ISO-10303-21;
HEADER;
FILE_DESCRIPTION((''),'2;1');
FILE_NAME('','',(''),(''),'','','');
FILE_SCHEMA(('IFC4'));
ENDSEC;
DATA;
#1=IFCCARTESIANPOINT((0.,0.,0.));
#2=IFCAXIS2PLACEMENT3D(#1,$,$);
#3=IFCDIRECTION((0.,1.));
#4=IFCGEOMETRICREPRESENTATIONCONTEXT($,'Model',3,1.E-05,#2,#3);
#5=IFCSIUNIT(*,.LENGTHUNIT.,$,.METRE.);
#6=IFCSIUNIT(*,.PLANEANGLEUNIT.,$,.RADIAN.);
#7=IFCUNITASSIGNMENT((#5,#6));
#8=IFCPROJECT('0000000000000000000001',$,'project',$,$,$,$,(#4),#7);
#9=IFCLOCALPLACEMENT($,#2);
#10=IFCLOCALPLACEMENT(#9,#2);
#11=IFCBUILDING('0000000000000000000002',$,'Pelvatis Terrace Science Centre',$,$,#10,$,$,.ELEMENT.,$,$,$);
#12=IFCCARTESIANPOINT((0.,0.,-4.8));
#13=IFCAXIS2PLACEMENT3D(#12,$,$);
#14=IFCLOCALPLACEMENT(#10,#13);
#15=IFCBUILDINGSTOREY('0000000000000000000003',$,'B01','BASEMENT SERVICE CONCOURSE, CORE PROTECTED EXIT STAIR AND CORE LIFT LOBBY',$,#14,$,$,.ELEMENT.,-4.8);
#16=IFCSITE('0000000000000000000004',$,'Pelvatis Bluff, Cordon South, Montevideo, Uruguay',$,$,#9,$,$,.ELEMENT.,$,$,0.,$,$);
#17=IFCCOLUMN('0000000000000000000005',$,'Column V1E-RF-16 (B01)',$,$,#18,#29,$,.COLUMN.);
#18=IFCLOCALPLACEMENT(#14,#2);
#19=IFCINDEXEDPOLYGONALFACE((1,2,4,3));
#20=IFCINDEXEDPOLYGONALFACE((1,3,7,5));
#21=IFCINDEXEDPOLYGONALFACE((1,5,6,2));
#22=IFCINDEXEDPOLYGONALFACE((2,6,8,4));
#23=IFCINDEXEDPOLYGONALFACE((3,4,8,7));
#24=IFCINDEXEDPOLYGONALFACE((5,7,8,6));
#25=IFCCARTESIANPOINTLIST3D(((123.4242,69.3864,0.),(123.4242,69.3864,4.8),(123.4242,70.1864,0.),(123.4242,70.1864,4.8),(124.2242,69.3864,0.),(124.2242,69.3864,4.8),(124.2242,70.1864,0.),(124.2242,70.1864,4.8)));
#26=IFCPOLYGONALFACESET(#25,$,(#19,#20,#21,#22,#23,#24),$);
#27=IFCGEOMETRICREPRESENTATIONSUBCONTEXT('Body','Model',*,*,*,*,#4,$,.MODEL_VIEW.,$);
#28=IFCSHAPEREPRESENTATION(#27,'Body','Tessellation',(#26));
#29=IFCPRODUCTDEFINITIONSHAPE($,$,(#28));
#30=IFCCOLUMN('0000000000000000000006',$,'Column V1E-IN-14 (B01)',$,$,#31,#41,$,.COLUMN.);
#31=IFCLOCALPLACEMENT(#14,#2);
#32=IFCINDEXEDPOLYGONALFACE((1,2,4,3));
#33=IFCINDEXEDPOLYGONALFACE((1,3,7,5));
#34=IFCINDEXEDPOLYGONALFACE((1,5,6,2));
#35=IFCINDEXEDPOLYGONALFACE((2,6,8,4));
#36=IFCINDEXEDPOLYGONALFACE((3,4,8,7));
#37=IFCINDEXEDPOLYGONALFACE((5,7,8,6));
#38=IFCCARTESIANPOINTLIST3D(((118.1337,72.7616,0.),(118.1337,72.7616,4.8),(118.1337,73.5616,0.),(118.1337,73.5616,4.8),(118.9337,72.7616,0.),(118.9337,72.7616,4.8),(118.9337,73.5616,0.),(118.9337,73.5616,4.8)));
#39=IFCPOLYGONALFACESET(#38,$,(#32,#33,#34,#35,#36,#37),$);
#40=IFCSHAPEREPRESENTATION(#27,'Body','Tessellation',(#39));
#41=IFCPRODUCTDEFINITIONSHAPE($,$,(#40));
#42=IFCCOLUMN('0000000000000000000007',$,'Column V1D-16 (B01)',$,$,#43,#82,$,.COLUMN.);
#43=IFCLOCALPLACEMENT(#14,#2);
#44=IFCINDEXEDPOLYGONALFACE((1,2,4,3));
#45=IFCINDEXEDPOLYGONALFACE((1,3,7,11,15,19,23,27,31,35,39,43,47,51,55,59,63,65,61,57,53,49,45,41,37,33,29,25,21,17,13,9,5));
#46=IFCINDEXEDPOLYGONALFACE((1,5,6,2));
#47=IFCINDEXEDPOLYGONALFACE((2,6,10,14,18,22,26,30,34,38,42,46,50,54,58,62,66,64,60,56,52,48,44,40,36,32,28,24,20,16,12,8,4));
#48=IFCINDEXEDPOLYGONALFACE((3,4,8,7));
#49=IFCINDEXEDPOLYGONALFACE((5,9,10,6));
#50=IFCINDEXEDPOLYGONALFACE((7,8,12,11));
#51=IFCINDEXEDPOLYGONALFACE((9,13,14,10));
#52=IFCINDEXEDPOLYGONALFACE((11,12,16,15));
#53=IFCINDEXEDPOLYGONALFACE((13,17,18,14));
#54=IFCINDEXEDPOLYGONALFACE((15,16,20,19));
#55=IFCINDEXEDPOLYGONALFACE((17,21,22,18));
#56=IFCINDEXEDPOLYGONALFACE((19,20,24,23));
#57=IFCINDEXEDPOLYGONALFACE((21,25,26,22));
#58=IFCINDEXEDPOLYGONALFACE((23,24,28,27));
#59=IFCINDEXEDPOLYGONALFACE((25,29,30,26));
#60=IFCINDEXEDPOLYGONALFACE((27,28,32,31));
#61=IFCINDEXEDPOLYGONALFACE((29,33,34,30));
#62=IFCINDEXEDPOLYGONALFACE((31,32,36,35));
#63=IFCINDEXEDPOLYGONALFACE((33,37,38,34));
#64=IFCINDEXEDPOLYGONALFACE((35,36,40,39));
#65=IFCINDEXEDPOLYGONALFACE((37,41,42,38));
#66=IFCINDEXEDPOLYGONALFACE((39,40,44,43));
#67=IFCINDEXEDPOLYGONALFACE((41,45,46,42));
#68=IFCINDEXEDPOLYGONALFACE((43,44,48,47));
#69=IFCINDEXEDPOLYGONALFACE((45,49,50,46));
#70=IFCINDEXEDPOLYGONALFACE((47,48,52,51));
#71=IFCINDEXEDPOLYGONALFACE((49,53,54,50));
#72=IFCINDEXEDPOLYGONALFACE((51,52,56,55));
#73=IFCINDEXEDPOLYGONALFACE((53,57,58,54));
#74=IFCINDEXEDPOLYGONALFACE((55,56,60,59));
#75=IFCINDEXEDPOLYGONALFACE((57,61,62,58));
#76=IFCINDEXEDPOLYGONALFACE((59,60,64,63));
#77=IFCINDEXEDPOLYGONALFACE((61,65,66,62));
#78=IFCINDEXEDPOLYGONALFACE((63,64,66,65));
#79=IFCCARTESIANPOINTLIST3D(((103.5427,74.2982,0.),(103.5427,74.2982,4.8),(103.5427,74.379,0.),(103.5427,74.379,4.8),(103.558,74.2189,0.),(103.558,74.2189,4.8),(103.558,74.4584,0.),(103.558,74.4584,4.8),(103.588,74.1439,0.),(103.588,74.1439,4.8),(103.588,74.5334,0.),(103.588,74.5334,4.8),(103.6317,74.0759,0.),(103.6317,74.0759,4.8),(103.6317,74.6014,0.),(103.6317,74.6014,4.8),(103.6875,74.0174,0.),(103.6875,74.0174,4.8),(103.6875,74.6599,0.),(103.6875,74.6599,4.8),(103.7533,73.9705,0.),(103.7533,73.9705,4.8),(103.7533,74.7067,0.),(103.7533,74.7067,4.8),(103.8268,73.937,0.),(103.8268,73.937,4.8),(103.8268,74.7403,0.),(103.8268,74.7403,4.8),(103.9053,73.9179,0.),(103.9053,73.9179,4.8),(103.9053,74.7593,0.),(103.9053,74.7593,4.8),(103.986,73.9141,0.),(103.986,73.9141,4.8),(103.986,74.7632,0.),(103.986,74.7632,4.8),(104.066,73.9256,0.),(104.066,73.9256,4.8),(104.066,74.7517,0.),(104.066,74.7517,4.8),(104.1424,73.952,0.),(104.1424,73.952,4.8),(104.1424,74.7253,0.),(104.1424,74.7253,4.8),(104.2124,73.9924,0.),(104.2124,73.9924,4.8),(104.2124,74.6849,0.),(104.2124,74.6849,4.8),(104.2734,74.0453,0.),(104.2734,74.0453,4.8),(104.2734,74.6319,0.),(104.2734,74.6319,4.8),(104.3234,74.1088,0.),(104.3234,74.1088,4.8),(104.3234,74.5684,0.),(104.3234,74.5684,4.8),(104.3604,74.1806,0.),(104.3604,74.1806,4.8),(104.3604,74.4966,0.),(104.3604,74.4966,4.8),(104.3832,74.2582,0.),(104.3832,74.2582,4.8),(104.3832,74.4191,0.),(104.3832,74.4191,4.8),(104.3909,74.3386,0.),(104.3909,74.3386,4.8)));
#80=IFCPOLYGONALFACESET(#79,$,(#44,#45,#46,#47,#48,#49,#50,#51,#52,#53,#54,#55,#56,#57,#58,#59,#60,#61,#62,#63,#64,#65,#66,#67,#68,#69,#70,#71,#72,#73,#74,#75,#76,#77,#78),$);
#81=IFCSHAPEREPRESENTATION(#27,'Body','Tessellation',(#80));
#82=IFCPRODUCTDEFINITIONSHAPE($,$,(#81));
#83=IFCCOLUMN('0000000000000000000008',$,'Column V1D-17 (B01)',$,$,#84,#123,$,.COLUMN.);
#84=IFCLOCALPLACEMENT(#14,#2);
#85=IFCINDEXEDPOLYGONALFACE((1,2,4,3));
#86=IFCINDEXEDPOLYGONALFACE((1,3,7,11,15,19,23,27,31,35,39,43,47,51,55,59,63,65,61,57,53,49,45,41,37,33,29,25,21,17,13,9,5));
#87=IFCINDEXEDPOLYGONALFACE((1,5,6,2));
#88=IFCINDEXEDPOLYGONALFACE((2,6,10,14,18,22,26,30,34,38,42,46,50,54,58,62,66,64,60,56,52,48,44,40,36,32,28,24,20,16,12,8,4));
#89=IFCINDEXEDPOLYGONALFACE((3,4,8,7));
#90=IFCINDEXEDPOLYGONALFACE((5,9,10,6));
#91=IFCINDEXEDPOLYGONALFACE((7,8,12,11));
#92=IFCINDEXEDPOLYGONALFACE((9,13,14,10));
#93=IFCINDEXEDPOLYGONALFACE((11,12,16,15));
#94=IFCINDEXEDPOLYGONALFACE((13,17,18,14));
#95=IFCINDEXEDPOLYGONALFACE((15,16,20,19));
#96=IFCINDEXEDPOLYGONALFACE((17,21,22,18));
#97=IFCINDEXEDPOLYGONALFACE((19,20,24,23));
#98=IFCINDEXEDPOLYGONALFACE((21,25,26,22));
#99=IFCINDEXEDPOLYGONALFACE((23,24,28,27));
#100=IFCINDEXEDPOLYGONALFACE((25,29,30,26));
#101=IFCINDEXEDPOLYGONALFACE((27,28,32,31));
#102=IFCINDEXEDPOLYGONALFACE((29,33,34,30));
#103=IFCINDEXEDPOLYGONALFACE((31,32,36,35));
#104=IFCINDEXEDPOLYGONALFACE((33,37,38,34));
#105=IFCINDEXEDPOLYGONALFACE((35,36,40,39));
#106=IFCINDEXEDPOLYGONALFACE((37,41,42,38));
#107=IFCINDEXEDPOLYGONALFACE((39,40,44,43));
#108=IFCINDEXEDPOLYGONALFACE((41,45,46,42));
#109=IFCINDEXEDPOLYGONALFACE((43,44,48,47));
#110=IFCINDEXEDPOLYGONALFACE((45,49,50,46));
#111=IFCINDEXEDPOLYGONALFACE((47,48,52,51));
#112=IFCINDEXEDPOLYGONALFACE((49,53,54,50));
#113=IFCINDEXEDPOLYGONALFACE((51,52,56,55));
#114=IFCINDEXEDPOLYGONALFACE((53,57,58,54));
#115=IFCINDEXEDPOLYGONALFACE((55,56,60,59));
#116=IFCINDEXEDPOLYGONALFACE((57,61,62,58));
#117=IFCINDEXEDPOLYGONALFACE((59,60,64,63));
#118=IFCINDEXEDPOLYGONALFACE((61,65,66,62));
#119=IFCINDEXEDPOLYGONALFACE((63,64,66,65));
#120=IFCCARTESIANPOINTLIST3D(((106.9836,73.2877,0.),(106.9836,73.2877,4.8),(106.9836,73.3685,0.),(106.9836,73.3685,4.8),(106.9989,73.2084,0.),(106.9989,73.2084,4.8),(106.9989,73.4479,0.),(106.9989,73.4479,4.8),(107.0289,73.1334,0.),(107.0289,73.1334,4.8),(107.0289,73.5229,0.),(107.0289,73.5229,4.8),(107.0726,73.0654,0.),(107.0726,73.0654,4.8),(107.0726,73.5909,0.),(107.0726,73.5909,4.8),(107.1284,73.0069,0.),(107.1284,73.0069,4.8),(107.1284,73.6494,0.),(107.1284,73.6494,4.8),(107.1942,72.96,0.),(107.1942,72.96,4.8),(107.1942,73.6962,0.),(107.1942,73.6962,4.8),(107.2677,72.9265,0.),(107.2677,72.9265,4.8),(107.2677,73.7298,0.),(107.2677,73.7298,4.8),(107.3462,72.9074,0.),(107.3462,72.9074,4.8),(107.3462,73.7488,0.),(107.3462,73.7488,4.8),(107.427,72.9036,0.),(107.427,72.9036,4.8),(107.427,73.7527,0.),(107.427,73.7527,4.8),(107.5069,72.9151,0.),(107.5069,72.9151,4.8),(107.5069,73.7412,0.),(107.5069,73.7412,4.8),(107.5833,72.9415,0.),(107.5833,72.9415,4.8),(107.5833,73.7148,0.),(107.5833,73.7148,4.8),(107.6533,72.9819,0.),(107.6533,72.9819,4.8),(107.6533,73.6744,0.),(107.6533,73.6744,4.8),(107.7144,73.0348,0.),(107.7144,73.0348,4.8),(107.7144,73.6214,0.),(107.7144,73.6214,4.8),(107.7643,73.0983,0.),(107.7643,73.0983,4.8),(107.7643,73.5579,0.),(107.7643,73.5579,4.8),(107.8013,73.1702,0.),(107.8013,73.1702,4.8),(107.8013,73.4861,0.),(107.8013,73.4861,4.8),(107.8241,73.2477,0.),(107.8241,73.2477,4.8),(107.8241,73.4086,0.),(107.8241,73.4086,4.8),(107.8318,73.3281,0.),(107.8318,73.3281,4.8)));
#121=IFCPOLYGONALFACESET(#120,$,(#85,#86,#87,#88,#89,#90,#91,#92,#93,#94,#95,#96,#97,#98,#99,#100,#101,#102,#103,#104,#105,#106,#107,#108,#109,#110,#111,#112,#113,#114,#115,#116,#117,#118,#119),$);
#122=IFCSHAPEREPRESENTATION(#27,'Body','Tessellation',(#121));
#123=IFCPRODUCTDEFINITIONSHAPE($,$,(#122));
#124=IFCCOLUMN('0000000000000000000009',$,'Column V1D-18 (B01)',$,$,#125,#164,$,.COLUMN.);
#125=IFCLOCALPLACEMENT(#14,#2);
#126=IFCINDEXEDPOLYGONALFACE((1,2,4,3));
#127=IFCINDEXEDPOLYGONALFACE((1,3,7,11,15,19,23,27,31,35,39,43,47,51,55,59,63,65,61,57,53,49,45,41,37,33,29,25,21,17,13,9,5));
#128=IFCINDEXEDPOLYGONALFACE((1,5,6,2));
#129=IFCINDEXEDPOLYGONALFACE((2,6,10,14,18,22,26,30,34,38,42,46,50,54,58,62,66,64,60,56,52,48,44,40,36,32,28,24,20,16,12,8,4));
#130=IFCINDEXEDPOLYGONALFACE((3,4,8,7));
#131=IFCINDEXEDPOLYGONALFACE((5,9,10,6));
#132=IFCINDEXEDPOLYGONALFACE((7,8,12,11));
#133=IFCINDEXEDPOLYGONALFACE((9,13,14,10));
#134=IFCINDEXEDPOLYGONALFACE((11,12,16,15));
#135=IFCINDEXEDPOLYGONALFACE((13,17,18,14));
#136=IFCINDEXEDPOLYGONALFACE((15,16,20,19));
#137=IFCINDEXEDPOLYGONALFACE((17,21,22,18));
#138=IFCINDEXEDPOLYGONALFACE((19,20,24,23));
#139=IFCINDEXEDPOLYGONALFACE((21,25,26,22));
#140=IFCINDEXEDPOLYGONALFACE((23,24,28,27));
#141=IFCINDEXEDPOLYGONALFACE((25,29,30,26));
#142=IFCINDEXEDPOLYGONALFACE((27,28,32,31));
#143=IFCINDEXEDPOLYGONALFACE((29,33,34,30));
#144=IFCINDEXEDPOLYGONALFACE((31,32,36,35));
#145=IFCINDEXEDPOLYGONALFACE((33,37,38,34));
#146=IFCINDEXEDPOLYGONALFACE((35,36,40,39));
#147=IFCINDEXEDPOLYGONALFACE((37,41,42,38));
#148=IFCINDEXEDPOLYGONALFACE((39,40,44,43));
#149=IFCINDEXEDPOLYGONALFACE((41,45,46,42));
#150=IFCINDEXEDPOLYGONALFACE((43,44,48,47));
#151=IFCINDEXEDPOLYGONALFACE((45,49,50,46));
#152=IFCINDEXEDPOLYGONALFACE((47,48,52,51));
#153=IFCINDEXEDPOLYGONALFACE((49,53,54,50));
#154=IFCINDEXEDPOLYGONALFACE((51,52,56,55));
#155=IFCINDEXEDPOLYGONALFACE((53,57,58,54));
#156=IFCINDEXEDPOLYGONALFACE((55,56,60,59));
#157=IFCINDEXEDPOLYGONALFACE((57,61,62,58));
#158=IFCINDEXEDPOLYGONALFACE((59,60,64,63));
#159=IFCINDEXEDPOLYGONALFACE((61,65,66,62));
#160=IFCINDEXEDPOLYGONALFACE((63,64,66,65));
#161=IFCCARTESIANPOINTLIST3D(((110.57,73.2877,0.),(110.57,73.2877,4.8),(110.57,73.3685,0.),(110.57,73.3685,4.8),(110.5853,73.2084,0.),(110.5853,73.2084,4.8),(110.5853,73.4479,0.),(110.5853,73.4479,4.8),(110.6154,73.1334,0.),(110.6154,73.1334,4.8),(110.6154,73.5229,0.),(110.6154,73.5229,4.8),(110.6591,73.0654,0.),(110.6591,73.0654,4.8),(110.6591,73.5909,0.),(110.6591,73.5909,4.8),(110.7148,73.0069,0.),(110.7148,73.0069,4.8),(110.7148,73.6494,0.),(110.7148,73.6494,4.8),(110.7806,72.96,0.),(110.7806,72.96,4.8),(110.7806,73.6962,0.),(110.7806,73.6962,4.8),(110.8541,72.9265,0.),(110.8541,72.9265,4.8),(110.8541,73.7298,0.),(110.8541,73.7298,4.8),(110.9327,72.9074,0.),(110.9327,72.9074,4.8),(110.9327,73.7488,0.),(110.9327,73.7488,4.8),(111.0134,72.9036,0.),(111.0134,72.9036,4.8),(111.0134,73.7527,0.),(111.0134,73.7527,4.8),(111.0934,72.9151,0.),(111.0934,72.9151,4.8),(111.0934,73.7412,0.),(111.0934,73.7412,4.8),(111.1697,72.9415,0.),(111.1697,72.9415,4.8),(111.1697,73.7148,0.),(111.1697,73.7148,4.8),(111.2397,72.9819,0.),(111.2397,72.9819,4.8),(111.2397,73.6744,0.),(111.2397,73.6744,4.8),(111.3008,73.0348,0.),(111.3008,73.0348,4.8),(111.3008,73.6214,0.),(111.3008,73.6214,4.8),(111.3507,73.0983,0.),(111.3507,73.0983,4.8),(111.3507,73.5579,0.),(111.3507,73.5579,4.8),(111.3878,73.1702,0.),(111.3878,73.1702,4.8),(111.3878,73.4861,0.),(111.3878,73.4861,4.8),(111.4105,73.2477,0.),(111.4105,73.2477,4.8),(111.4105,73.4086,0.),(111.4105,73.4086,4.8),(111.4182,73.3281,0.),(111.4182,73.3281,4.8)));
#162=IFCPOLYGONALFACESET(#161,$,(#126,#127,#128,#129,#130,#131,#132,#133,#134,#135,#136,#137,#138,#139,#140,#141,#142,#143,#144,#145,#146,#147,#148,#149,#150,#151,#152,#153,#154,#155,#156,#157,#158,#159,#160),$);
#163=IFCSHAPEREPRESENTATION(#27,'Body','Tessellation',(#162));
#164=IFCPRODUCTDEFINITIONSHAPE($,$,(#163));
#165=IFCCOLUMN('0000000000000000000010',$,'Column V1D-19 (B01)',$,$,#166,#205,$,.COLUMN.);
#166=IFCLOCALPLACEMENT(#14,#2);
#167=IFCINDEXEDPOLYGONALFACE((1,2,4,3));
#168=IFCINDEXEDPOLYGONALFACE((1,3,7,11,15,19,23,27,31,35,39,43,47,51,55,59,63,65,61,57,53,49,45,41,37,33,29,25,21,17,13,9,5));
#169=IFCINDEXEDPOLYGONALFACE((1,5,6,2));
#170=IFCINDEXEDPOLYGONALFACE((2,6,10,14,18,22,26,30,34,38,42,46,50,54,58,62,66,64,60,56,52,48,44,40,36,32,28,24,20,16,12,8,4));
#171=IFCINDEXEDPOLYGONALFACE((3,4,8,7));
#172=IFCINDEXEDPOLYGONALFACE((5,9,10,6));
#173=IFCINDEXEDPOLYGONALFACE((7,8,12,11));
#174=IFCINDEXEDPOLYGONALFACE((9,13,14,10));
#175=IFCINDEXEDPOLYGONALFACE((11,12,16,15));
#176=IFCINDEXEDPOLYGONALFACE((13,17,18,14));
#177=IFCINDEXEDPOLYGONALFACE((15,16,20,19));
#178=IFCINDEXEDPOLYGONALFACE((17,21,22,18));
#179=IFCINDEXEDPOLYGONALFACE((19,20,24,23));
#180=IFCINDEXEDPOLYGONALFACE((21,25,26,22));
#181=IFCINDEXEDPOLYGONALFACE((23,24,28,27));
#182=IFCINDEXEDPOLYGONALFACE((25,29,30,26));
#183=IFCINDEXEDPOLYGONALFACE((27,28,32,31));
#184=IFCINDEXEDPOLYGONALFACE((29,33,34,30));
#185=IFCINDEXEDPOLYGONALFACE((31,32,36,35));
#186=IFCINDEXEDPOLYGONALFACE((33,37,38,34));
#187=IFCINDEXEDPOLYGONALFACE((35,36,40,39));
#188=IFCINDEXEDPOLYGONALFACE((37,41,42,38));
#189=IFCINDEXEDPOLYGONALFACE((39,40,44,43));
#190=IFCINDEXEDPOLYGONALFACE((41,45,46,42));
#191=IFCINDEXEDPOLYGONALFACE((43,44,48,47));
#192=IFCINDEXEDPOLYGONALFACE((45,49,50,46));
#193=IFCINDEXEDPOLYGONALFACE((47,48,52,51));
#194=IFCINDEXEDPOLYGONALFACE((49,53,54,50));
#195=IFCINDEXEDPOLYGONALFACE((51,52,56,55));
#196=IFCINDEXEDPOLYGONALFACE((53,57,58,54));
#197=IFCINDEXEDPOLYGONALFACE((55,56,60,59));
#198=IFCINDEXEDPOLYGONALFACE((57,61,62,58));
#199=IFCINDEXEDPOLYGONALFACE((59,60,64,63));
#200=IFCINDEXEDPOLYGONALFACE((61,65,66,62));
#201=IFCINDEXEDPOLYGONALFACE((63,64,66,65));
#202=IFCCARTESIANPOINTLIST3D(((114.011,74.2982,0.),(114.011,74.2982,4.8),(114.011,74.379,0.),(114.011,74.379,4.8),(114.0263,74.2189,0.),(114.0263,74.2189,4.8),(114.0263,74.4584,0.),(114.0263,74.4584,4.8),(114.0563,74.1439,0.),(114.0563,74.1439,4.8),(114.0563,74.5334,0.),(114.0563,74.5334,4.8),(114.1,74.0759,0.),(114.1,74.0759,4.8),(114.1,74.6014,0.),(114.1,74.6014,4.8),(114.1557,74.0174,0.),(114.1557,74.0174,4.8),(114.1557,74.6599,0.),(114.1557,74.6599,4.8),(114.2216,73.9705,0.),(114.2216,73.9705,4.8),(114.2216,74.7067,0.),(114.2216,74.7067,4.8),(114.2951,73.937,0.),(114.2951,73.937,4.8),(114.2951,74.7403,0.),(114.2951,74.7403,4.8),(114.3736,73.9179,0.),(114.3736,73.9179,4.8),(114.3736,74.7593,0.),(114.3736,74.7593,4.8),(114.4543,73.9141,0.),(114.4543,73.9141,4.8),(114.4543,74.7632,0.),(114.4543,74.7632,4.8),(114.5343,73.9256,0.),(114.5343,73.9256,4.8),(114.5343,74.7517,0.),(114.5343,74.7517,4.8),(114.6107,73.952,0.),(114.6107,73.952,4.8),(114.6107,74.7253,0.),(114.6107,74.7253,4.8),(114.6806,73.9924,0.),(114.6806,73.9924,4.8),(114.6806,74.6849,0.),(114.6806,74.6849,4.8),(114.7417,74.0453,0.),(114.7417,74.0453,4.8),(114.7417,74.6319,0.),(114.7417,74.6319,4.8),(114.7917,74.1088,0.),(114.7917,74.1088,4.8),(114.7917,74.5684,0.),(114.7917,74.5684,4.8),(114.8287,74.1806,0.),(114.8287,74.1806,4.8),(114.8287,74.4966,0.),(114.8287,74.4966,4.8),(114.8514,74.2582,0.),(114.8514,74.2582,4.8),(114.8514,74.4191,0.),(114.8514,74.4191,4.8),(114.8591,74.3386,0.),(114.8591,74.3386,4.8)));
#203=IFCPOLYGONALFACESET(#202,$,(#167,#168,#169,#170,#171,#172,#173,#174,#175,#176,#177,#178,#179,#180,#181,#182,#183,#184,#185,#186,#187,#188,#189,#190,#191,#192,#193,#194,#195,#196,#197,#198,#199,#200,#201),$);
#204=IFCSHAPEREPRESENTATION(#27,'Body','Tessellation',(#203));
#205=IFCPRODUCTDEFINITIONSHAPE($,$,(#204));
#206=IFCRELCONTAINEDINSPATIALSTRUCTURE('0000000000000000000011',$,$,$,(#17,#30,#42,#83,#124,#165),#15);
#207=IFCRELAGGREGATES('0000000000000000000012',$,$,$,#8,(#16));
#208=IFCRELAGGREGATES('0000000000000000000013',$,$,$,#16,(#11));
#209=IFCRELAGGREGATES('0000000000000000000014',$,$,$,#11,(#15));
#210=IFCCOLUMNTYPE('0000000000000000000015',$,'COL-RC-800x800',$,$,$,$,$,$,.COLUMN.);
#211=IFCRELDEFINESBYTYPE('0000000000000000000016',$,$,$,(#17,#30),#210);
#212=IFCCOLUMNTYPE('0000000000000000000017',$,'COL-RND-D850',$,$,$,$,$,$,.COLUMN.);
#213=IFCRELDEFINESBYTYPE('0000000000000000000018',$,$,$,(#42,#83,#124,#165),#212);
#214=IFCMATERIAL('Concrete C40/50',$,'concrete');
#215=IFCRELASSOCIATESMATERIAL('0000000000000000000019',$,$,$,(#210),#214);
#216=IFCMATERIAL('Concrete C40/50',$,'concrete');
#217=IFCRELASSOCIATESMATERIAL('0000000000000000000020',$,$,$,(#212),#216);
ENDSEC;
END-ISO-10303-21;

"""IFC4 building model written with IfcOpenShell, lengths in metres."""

from ifc_helpers import new_model, si_unit, direction, frame, origin, origin_2d, place, context, subcontext, project, spatial, rectangle, circle, extrude, material, material_profile, profile_set, type_object, element, save


model = new_model("IFC4")

# Units and contexts
model_context = context("Model", 3, precision=1e-05, world=origin(), true_north=direction((0.0, 1.0)))
body_context = subcontext(model_context, "Body", "Model", "MODEL_VIEW")
ifc_project = project(units=[si_unit("LENGTHUNIT", "METRE"), si_unit("PLANEANGLEUNIT", "RADIAN")], contexts=[model_context])

# Site, building, storey
site_placement = place(None, origin())
site = spatial("IfcSite", under=ifc_project, at=site_placement, Name="Pelvatis Bluff, Cordon South, Montevideo, Uruguay", CompositionType="ELEMENT", RefElevation=0.0)
building_placement = place(site_placement, origin())
building = spatial("IfcBuilding", under=site, at=building_placement, Name="Pelvatis Terrace Science Centre", CompositionType="ELEMENT")
storey_placement = place(building_placement, frame((0.0, 0.0, -4.8)))
storey = spatial("IfcBuildingStorey", under=building, at=storey_placement, Name="B01", Description="BASEMENT SERVICE CONCOURSE, CORE PROTECTED EXIT STAIR AND CORE LIFT LOBBY", CompositionType="ELEMENT", Elevation=-4.8)

# Columns
ifc_material_1 = material(Name="Concrete C40/50", Category="concrete")
ifc_material_profile_1 = material_profile(ifc_material_1, rectangle(XDim=0.8, YDim=0.8, at=origin_2d()), Name="RC-COL 800x800")
ifc_profile_set_1 = profile_set([ifc_material_profile_1], Name="Concrete C40/50")
column_type_1 = type_object("IfcColumnType", Name="COL-RC-800x800", PredefinedType="COLUMN", material=ifc_profile_set_1)
for number, where, z_axis, x_axis, name in (
    (1, (123.8242, 69.7864, 0.0), (0.0, 0.0, 1.0), (1.0, 0.0, 0.0), "Column V1E-RF-16 (B01)"),
    (2, (118.5337, 73.1616, 0.0), (0.0, 0.0, 1.0), (1.0, 0.0, 0.0), "Column V1E-IN-14 (B01)"),
):
    element("IfcColumn", number, at=place(storey_placement, frame(where, z_axis=z_axis, x_axis=x_axis)), inside=storey, type_object=column_type_1, Name=name, PredefinedType="COLUMN", context=body_context, shape_type="SweptSolid", body=[
        extrude(rectangle(XDim=0.8, YDim=0.8, at=origin_2d()), origin(), (0.0, 0.0, 1.0), 4.8),
    ])
ifc_material_2 = material(Name="Concrete C40/50", Category="concrete")
ifc_material_profile_2 = material_profile(ifc_material_2, circle(Radius=0.425, at=origin_2d()), Name="RC-RCOL D850")
ifc_profile_set_2 = profile_set([ifc_material_profile_2], Name="Concrete C40/50")
column_type_2 = type_object("IfcColumnType", Name="COL-RND-D850", PredefinedType="COLUMN", material=ifc_profile_set_2)
for number, where, z_axis, x_axis, name in (
    (3, (103.9658, 74.3386, 0.0), (0.0, 0.0, 1.0), (1.0, 0.0, 0.0), "Column V1D-16 (B01)"),
    (4, (107.4067, 73.3281, 0.0), (0.0, 0.0, 1.0), (1.0, 0.0, 0.0), "Column V1D-17 (B01)"),
    (5, (110.9932, 73.3281, 0.0), (0.0, 0.0, 1.0), (1.0, 0.0, 0.0), "Column V1D-18 (B01)"),
    (6, (114.4341, 74.3386, 0.0), (0.0, 0.0, 1.0), (1.0, 0.0, 0.0), "Column V1D-19 (B01)"),
):
    element("IfcColumn", number, at=place(storey_placement, frame(where, z_axis=z_axis, x_axis=x_axis)), inside=storey, type_object=column_type_2, Name=name, PredefinedType="COLUMN", context=body_context, shape_type="SweptSolid", body=[
        extrude(circle(Radius=0.425, at=origin_2d()), origin(), (0.0, 0.0, 1.0), 4.8),
    ])

save(model, "model.ifc")
